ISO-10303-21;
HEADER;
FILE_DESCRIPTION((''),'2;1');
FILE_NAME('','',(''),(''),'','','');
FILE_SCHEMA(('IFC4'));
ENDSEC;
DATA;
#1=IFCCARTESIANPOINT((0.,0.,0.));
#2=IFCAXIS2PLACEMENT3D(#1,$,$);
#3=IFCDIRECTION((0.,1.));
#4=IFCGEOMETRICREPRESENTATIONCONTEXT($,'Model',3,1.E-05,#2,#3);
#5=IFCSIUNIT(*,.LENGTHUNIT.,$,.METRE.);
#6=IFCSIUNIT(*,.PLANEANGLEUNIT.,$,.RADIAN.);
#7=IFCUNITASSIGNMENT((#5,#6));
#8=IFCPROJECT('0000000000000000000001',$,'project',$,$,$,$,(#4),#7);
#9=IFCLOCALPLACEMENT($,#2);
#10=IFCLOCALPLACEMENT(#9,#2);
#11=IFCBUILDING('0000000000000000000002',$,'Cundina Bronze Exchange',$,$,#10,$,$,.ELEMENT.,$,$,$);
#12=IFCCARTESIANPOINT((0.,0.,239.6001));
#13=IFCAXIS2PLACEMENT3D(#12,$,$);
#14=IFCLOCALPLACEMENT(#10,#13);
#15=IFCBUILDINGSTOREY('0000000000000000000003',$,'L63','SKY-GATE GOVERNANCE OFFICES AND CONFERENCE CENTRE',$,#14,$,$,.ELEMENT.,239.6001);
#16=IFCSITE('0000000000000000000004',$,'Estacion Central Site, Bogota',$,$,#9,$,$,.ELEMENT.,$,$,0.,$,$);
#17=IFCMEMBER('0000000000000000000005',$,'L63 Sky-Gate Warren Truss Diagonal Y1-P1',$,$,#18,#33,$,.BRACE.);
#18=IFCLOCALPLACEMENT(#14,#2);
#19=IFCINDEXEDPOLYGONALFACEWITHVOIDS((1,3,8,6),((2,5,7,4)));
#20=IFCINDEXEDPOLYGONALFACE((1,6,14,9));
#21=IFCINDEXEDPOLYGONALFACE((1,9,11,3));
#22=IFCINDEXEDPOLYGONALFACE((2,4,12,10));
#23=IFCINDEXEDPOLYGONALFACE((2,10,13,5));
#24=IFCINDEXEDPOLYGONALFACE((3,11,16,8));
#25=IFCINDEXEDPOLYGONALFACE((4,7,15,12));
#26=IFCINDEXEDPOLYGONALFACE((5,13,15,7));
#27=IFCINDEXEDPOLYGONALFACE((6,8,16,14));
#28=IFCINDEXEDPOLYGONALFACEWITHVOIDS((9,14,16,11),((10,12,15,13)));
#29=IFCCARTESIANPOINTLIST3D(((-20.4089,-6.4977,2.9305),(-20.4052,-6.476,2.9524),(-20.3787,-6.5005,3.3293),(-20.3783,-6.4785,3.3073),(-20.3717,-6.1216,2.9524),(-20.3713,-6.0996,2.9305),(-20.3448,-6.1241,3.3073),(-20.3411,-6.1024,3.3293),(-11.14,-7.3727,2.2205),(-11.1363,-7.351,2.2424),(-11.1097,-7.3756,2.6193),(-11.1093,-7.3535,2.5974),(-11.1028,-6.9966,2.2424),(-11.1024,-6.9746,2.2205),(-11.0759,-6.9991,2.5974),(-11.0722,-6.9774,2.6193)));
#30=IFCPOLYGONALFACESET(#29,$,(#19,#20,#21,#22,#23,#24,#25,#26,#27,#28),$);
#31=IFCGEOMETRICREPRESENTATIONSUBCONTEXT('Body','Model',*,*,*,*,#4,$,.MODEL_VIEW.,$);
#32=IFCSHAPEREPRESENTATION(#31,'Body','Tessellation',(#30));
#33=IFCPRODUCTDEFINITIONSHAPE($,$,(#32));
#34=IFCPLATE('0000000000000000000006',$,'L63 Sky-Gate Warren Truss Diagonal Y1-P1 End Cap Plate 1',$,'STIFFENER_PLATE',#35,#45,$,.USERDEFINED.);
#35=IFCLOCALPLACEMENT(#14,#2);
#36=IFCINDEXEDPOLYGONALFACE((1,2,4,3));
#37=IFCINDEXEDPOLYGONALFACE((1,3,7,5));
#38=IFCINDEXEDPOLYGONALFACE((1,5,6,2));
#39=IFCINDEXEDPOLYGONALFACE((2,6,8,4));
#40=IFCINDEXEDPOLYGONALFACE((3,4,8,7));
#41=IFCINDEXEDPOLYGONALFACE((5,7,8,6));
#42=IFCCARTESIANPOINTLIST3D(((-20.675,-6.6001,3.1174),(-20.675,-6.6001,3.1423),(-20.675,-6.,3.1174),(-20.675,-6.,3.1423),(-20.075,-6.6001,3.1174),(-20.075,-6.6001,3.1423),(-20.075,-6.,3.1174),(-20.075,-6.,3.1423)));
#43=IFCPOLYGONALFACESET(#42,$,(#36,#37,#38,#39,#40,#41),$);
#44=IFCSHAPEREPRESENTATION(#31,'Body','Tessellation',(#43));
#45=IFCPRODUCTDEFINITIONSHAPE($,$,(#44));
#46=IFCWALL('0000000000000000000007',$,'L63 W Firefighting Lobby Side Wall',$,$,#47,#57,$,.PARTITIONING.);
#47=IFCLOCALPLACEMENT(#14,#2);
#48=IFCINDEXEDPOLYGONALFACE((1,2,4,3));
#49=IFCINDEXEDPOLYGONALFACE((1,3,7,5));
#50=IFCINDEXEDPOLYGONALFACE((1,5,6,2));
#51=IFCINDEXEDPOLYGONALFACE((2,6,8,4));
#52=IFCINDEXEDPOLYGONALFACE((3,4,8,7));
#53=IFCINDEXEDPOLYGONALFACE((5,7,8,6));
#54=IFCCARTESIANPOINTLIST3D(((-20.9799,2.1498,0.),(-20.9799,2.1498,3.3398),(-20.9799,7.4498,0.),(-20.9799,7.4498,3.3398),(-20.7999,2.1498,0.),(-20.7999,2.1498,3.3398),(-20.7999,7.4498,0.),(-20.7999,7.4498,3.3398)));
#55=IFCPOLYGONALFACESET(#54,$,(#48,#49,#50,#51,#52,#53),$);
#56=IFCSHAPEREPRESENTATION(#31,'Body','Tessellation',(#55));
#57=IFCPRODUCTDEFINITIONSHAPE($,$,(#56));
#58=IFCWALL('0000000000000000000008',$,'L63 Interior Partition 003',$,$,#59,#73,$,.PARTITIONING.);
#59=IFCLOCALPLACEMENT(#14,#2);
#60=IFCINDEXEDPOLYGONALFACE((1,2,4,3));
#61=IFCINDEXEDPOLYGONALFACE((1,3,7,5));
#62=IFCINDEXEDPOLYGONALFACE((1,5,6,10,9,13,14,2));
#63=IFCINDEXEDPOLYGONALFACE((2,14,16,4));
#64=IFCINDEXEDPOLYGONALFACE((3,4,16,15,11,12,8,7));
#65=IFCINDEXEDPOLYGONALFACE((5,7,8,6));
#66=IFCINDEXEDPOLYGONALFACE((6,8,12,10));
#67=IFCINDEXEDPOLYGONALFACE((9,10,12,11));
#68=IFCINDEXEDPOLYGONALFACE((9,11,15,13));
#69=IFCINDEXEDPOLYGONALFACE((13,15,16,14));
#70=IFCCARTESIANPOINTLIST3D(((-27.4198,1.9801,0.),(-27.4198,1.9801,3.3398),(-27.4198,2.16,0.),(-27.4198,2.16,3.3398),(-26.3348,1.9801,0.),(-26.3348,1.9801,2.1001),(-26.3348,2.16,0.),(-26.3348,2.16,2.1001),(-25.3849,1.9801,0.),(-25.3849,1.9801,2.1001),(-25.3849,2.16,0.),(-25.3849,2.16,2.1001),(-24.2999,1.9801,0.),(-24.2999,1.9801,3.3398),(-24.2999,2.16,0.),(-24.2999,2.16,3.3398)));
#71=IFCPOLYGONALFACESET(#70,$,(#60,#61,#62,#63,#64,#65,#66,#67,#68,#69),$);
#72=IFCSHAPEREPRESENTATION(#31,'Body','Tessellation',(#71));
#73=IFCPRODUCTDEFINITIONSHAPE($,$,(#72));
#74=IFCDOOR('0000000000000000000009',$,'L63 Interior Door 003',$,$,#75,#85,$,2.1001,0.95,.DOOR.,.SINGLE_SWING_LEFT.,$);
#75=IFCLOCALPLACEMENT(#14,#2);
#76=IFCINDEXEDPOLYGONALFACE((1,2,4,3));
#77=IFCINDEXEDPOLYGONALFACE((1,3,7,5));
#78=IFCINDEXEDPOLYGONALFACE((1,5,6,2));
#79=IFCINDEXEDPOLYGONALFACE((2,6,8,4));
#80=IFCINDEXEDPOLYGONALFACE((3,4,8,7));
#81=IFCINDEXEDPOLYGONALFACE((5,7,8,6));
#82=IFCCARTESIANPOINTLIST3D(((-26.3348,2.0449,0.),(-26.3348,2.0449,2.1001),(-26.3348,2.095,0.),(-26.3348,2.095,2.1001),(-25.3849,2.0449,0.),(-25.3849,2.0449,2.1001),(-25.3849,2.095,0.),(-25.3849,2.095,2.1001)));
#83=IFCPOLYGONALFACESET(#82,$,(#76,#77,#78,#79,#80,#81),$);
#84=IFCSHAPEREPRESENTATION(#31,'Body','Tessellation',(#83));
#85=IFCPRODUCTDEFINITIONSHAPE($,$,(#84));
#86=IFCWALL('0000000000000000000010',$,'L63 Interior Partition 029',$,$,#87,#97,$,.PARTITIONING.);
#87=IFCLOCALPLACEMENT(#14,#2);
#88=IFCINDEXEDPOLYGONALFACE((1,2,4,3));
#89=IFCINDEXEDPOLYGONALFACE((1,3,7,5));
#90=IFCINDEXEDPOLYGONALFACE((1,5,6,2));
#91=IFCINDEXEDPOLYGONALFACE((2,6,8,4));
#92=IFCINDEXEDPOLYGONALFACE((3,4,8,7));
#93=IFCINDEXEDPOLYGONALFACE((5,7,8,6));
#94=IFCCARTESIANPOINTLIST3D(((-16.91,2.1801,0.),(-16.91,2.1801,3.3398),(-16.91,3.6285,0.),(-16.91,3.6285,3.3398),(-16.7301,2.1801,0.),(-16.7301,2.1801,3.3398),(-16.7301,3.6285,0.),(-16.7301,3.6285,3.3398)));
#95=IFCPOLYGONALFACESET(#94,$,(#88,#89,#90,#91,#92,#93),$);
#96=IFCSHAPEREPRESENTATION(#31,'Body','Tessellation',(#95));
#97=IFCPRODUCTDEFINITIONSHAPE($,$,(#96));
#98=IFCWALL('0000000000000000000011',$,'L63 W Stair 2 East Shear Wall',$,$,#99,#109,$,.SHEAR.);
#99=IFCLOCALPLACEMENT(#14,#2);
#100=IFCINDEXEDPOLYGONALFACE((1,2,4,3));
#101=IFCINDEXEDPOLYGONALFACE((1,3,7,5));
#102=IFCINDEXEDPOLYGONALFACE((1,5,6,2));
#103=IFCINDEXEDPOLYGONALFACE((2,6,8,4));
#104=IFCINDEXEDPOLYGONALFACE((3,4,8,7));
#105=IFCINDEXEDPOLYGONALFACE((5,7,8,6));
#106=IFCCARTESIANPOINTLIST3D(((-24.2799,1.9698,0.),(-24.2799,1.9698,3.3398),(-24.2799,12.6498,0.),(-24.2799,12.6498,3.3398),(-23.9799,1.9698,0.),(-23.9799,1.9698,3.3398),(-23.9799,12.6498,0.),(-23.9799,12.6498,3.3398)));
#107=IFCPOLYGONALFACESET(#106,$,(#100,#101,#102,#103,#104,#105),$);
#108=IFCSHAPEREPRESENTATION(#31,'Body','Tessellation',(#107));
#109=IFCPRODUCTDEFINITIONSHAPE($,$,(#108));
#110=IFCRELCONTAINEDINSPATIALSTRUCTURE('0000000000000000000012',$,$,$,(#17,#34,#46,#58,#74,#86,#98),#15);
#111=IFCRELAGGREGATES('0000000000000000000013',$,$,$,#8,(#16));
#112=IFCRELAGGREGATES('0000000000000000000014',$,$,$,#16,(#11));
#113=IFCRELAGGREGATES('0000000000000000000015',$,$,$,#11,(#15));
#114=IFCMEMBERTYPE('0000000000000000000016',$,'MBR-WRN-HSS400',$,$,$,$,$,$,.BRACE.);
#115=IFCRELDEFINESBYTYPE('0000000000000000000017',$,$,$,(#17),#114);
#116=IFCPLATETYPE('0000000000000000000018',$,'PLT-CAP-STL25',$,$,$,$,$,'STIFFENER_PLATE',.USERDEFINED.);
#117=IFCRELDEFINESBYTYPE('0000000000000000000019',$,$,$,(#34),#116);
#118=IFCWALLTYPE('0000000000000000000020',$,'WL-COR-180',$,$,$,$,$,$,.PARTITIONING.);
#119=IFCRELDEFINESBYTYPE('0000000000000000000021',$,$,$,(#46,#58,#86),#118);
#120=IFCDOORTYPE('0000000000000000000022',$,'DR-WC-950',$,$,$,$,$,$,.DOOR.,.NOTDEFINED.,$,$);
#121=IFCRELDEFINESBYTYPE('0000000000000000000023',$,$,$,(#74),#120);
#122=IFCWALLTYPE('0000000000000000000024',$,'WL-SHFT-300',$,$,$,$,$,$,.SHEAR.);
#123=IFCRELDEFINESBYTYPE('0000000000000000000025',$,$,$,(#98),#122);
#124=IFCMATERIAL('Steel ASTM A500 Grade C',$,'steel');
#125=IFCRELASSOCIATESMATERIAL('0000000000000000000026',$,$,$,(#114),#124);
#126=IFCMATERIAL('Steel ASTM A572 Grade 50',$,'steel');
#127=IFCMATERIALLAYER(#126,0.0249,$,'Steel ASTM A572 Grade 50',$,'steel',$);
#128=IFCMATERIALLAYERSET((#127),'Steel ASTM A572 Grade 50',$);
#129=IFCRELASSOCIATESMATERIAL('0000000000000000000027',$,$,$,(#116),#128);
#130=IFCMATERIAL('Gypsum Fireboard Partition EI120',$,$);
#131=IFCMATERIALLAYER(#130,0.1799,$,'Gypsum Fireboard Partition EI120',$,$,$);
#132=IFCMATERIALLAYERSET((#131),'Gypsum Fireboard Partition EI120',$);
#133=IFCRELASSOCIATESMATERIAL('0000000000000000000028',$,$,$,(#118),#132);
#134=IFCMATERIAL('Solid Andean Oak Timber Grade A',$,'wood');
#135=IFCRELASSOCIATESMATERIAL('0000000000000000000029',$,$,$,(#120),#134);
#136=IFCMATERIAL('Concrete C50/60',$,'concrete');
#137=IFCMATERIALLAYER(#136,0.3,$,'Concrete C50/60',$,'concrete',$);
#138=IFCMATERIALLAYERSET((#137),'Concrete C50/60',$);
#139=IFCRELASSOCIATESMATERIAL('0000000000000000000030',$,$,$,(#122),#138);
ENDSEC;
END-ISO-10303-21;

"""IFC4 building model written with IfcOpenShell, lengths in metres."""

from ifc_helpers import new_model, si_unit, direction, frame, frame_2d, origin, origin_2d, place, context, subcontext, project, spatial, rectangle, hollow_rectangle, extrude, material, layer, layer_set, material_profile, profile_set, type_object, element, fill, save


model = new_model("IFC4")

# Units and contexts
model_context = context("Model", 3, precision=1e-05, world=origin(), true_north=direction((0.0, 1.0)))
body_context = subcontext(model_context, "Body", "Model", "MODEL_VIEW")
ifc_project = project(units=[si_unit("LENGTHUNIT", "METRE"), si_unit("PLANEANGLEUNIT", "RADIAN")], contexts=[model_context])

# Site, building, storey
site_placement = place(None, origin())
site = spatial("IfcSite", under=ifc_project, at=site_placement, Name="Estacion Central Site, Bogota", CompositionType="ELEMENT", RefElevation=0.0)
building_placement = place(site_placement, origin())
building = spatial("IfcBuilding", under=site, at=building_placement, Name="Cundina Bronze Exchange", CompositionType="ELEMENT")
storey_placement = place(building_placement, frame((0.0, 0.0, 239.6001)))
storey = spatial("IfcBuildingStorey", under=building, at=storey_placement, Name="L63", Description="SKY-GATE GOVERNANCE OFFICES AND CONFERENCE CENTRE", CompositionType="ELEMENT", Elevation=239.6001)

# Shared definitions
ifc_material_1 = material(Name="Concrete C50/60", Category="concrete")

# Member
ifc_material_2 = material(Name="Steel ASTM A500 Grade C", Category="steel")
ifc_material_profile_1 = material_profile(ifc_material_2, hollow_rectangle(XDim=0.3999, YDim=0.3999, WallThickness=0.022, at=origin_2d()), Name="HSS400X400X22", Category="steel")
ifc_profile_set_1 = profile_set([ifc_material_profile_1], Name="Steel ASTM A500 Grade C")
member_type = type_object("IfcMemberType", Name="MBR-WRN-HSS400", PredefinedType="BRACE", material=ifc_profile_set_1)
member_placement = place(storey_placement, frame((-20.375, -6.3, 3.1299), z_axis=(0.992691, -0.093713, -0.076037), x_axis=(0.093985, 0.995574, 0.0)))
element("IfcMember", 1, at=member_placement, inside=storey, type_object=member_type, Name="L63 Sky-Gate Warren Truss Diagonal Y1-P1", PredefinedType="BRACE", context=body_context, shape_type="SweptSolid", body=[
    extrude(hollow_rectangle(XDim=0.3999, YDim=0.3999, WallThickness=0.022, at=origin_2d()), origin(), (0.0, 0.0, 1.0), 9.3372),
])

# Plate
ifc_material_3 = material(Name="Steel ASTM A572 Grade 50", Category="steel")
ifc_layer_1 = layer(ifc_material_3, 0.0249, Name="Steel ASTM A572 Grade 50", Category="steel")
ifc_layer_set_1 = layer_set([ifc_layer_1], Name="Steel ASTM A572 Grade 50")
plate_type = type_object("IfcPlateType", Name="PLT-CAP-STL25", ElementType="STIFFENER_PLATE", PredefinedType="USERDEFINED", material=ifc_layer_set_1)
plate_placement = place(storey_placement, frame((-20.375, -6.3, 3.1174), z_axis=(0.0, 0.0, 1.0), x_axis=(1.0, 0.0, 0.0)))
element("IfcPlate", 2, at=plate_placement, inside=storey, type_object=plate_type, Name="L63 Sky-Gate Warren Truss Diagonal Y1-P1 End Cap Plate 1", ObjectType="STIFFENER_PLATE", PredefinedType="USERDEFINED", context=body_context, shape_type="SweptSolid", body=[
    extrude(rectangle(XDim=0.6001, YDim=0.6001, at=origin_2d()), origin(), (0.0, 0.0, 1.0), 0.0249),
])

# Wall
ifc_material_4 = material(Name="Gypsum Fireboard Partition EI120")
ifc_layer_2 = layer(ifc_material_4, 0.1799, Name="Gypsum Fireboard Partition EI120")
ifc_layer_set_2 = layer_set([ifc_layer_2], Name="Gypsum Fireboard Partition EI120")
wall_type_1 = type_object("IfcWallType", Name="WL-COR-180", PredefinedType="PARTITIONING", material=ifc_layer_set_2)
wall_1_placement = place(storey_placement, frame((-20.8899, 2.1499, 0.0), z_axis=(0.0, 0.0, 1.0), x_axis=(0.0, 1.0, 0.0)))
element("IfcWall", 3, at=wall_1_placement, inside=storey, type_object=wall_type_1, Name="L63 W Firefighting Lobby Side Wall", PredefinedType="PARTITIONING", context=body_context, shape_type="SweptSolid", body=[
    extrude(rectangle(XDim=5.3, YDim=0.1799, at=frame_2d((2.6499, 0.0))), origin(), (0.0, 0.0, 1.0), 3.3398),
])

# Wall, opening, door
wall_2_placement = place(storey_placement, frame((-27.4199, 2.0701, 0.0), z_axis=(0.0, 0.0, 1.0), x_axis=(1.0, 0.0, 0.0)))
wall_2 = element("IfcWall", 4, at=wall_2_placement, inside=storey, type_object=wall_type_1, Name="L63 Interior Partition 003", PredefinedType="PARTITIONING", context=body_context, shape_type="SweptSolid", body=[
    extrude(rectangle(XDim=3.1199, YDim=0.1799, at=frame_2d((1.5601, 0.0))), origin(), (0.0, 0.0, 1.0), 3.3398),
])
opening_1_placement = place(wall_2_placement, frame((1.085, 0.0, 0.0)))
opening_1 = element("IfcOpeningElement", 5, at=opening_1_placement, cuts=wall_2, PredefinedType="OPENING", context=body_context, shape_type="SweptSolid", body=[
    extrude(rectangle(XDim=0.95, YDim=2.1001, at=frame_2d((0.4751, 1.05))), frame((0.0, 0.0999, 0.0), z_axis=(0.0, -1.0, 0.0), x_axis=(1.0, 0.0, 0.0)), (0.0, 0.0, 1.0), 0.2),
])
ifc_material_5 = material(Name="Solid Andean Oak Timber Grade A", Category="wood")
door_type_1 = type_object("IfcDoorType", Name="DR-WC-950", OperationType="NOTDEFINED", PredefinedType="DOOR", material=ifc_material_5)
door_1_placement = place(opening_1_placement, origin())
door_1 = element("IfcDoor", 6, at=door_1_placement, inside=storey, type_object=door_type_1, Name="L63 Interior Door 003", OperationType="SINGLE_SWING_LEFT", OverallHeight=2.1001, OverallWidth=0.95, PredefinedType="DOOR", context=body_context, shape_type="SweptSolid", body=[
    extrude(rectangle(XDim=0.95, YDim=2.1001, at=frame_2d((0.4751, 1.05))), frame((0.0, 0.0249, 0.0), z_axis=(0.0, -1.0, 0.0), x_axis=(1.0, 0.0, 0.0)), (0.0, 0.0, 1.0), 0.05),
])
fill(opening_1, door_1)

# Walls
wall_3_placement = place(storey_placement, frame((-16.8201, 3.6284, 0.0), z_axis=(0.0, 0.0, 1.0), x_axis=(0.0, -1.0, 0.0)))
element("IfcWall", 7, at=wall_3_placement, inside=storey, type_object=wall_type_1, Name="L63 Interior Partition 029", PredefinedType="PARTITIONING", context=body_context, shape_type="SweptSolid", body=[
    extrude(rectangle(XDim=1.4485, YDim=0.1799, at=frame_2d((0.7241, 0.0))), origin(), (0.0, 0.0, 1.0), 3.3398),
])
ifc_layer_3 = layer(ifc_material_1, 0.3, Name="Concrete C50/60", Category="concrete")
ifc_layer_set_3 = layer_set([ifc_layer_3], Name="Concrete C50/60")
wall_type_2 = type_object("IfcWallType", Name="WL-SHFT-300", PredefinedType="SHEAR", material=ifc_layer_set_3)
wall_4_placement = place(storey_placement, frame((-24.1299, 1.97, 0.0), z_axis=(0.0, 0.0, 1.0), x_axis=(0.0, 1.0, 0.0)))
element("IfcWall", 8, at=wall_4_placement, inside=storey, type_object=wall_type_2, Name="L63 W Stair 2 East Shear Wall", PredefinedType="SHEAR", context=body_context, shape_type="SweptSolid", body=[
    extrude(rectangle(XDim=10.6799, YDim=0.3, at=frame_2d((5.3398, 0.0))), origin(), (0.0, 0.0, 1.0), 3.3398),
])

save(model, "model.ifc")
